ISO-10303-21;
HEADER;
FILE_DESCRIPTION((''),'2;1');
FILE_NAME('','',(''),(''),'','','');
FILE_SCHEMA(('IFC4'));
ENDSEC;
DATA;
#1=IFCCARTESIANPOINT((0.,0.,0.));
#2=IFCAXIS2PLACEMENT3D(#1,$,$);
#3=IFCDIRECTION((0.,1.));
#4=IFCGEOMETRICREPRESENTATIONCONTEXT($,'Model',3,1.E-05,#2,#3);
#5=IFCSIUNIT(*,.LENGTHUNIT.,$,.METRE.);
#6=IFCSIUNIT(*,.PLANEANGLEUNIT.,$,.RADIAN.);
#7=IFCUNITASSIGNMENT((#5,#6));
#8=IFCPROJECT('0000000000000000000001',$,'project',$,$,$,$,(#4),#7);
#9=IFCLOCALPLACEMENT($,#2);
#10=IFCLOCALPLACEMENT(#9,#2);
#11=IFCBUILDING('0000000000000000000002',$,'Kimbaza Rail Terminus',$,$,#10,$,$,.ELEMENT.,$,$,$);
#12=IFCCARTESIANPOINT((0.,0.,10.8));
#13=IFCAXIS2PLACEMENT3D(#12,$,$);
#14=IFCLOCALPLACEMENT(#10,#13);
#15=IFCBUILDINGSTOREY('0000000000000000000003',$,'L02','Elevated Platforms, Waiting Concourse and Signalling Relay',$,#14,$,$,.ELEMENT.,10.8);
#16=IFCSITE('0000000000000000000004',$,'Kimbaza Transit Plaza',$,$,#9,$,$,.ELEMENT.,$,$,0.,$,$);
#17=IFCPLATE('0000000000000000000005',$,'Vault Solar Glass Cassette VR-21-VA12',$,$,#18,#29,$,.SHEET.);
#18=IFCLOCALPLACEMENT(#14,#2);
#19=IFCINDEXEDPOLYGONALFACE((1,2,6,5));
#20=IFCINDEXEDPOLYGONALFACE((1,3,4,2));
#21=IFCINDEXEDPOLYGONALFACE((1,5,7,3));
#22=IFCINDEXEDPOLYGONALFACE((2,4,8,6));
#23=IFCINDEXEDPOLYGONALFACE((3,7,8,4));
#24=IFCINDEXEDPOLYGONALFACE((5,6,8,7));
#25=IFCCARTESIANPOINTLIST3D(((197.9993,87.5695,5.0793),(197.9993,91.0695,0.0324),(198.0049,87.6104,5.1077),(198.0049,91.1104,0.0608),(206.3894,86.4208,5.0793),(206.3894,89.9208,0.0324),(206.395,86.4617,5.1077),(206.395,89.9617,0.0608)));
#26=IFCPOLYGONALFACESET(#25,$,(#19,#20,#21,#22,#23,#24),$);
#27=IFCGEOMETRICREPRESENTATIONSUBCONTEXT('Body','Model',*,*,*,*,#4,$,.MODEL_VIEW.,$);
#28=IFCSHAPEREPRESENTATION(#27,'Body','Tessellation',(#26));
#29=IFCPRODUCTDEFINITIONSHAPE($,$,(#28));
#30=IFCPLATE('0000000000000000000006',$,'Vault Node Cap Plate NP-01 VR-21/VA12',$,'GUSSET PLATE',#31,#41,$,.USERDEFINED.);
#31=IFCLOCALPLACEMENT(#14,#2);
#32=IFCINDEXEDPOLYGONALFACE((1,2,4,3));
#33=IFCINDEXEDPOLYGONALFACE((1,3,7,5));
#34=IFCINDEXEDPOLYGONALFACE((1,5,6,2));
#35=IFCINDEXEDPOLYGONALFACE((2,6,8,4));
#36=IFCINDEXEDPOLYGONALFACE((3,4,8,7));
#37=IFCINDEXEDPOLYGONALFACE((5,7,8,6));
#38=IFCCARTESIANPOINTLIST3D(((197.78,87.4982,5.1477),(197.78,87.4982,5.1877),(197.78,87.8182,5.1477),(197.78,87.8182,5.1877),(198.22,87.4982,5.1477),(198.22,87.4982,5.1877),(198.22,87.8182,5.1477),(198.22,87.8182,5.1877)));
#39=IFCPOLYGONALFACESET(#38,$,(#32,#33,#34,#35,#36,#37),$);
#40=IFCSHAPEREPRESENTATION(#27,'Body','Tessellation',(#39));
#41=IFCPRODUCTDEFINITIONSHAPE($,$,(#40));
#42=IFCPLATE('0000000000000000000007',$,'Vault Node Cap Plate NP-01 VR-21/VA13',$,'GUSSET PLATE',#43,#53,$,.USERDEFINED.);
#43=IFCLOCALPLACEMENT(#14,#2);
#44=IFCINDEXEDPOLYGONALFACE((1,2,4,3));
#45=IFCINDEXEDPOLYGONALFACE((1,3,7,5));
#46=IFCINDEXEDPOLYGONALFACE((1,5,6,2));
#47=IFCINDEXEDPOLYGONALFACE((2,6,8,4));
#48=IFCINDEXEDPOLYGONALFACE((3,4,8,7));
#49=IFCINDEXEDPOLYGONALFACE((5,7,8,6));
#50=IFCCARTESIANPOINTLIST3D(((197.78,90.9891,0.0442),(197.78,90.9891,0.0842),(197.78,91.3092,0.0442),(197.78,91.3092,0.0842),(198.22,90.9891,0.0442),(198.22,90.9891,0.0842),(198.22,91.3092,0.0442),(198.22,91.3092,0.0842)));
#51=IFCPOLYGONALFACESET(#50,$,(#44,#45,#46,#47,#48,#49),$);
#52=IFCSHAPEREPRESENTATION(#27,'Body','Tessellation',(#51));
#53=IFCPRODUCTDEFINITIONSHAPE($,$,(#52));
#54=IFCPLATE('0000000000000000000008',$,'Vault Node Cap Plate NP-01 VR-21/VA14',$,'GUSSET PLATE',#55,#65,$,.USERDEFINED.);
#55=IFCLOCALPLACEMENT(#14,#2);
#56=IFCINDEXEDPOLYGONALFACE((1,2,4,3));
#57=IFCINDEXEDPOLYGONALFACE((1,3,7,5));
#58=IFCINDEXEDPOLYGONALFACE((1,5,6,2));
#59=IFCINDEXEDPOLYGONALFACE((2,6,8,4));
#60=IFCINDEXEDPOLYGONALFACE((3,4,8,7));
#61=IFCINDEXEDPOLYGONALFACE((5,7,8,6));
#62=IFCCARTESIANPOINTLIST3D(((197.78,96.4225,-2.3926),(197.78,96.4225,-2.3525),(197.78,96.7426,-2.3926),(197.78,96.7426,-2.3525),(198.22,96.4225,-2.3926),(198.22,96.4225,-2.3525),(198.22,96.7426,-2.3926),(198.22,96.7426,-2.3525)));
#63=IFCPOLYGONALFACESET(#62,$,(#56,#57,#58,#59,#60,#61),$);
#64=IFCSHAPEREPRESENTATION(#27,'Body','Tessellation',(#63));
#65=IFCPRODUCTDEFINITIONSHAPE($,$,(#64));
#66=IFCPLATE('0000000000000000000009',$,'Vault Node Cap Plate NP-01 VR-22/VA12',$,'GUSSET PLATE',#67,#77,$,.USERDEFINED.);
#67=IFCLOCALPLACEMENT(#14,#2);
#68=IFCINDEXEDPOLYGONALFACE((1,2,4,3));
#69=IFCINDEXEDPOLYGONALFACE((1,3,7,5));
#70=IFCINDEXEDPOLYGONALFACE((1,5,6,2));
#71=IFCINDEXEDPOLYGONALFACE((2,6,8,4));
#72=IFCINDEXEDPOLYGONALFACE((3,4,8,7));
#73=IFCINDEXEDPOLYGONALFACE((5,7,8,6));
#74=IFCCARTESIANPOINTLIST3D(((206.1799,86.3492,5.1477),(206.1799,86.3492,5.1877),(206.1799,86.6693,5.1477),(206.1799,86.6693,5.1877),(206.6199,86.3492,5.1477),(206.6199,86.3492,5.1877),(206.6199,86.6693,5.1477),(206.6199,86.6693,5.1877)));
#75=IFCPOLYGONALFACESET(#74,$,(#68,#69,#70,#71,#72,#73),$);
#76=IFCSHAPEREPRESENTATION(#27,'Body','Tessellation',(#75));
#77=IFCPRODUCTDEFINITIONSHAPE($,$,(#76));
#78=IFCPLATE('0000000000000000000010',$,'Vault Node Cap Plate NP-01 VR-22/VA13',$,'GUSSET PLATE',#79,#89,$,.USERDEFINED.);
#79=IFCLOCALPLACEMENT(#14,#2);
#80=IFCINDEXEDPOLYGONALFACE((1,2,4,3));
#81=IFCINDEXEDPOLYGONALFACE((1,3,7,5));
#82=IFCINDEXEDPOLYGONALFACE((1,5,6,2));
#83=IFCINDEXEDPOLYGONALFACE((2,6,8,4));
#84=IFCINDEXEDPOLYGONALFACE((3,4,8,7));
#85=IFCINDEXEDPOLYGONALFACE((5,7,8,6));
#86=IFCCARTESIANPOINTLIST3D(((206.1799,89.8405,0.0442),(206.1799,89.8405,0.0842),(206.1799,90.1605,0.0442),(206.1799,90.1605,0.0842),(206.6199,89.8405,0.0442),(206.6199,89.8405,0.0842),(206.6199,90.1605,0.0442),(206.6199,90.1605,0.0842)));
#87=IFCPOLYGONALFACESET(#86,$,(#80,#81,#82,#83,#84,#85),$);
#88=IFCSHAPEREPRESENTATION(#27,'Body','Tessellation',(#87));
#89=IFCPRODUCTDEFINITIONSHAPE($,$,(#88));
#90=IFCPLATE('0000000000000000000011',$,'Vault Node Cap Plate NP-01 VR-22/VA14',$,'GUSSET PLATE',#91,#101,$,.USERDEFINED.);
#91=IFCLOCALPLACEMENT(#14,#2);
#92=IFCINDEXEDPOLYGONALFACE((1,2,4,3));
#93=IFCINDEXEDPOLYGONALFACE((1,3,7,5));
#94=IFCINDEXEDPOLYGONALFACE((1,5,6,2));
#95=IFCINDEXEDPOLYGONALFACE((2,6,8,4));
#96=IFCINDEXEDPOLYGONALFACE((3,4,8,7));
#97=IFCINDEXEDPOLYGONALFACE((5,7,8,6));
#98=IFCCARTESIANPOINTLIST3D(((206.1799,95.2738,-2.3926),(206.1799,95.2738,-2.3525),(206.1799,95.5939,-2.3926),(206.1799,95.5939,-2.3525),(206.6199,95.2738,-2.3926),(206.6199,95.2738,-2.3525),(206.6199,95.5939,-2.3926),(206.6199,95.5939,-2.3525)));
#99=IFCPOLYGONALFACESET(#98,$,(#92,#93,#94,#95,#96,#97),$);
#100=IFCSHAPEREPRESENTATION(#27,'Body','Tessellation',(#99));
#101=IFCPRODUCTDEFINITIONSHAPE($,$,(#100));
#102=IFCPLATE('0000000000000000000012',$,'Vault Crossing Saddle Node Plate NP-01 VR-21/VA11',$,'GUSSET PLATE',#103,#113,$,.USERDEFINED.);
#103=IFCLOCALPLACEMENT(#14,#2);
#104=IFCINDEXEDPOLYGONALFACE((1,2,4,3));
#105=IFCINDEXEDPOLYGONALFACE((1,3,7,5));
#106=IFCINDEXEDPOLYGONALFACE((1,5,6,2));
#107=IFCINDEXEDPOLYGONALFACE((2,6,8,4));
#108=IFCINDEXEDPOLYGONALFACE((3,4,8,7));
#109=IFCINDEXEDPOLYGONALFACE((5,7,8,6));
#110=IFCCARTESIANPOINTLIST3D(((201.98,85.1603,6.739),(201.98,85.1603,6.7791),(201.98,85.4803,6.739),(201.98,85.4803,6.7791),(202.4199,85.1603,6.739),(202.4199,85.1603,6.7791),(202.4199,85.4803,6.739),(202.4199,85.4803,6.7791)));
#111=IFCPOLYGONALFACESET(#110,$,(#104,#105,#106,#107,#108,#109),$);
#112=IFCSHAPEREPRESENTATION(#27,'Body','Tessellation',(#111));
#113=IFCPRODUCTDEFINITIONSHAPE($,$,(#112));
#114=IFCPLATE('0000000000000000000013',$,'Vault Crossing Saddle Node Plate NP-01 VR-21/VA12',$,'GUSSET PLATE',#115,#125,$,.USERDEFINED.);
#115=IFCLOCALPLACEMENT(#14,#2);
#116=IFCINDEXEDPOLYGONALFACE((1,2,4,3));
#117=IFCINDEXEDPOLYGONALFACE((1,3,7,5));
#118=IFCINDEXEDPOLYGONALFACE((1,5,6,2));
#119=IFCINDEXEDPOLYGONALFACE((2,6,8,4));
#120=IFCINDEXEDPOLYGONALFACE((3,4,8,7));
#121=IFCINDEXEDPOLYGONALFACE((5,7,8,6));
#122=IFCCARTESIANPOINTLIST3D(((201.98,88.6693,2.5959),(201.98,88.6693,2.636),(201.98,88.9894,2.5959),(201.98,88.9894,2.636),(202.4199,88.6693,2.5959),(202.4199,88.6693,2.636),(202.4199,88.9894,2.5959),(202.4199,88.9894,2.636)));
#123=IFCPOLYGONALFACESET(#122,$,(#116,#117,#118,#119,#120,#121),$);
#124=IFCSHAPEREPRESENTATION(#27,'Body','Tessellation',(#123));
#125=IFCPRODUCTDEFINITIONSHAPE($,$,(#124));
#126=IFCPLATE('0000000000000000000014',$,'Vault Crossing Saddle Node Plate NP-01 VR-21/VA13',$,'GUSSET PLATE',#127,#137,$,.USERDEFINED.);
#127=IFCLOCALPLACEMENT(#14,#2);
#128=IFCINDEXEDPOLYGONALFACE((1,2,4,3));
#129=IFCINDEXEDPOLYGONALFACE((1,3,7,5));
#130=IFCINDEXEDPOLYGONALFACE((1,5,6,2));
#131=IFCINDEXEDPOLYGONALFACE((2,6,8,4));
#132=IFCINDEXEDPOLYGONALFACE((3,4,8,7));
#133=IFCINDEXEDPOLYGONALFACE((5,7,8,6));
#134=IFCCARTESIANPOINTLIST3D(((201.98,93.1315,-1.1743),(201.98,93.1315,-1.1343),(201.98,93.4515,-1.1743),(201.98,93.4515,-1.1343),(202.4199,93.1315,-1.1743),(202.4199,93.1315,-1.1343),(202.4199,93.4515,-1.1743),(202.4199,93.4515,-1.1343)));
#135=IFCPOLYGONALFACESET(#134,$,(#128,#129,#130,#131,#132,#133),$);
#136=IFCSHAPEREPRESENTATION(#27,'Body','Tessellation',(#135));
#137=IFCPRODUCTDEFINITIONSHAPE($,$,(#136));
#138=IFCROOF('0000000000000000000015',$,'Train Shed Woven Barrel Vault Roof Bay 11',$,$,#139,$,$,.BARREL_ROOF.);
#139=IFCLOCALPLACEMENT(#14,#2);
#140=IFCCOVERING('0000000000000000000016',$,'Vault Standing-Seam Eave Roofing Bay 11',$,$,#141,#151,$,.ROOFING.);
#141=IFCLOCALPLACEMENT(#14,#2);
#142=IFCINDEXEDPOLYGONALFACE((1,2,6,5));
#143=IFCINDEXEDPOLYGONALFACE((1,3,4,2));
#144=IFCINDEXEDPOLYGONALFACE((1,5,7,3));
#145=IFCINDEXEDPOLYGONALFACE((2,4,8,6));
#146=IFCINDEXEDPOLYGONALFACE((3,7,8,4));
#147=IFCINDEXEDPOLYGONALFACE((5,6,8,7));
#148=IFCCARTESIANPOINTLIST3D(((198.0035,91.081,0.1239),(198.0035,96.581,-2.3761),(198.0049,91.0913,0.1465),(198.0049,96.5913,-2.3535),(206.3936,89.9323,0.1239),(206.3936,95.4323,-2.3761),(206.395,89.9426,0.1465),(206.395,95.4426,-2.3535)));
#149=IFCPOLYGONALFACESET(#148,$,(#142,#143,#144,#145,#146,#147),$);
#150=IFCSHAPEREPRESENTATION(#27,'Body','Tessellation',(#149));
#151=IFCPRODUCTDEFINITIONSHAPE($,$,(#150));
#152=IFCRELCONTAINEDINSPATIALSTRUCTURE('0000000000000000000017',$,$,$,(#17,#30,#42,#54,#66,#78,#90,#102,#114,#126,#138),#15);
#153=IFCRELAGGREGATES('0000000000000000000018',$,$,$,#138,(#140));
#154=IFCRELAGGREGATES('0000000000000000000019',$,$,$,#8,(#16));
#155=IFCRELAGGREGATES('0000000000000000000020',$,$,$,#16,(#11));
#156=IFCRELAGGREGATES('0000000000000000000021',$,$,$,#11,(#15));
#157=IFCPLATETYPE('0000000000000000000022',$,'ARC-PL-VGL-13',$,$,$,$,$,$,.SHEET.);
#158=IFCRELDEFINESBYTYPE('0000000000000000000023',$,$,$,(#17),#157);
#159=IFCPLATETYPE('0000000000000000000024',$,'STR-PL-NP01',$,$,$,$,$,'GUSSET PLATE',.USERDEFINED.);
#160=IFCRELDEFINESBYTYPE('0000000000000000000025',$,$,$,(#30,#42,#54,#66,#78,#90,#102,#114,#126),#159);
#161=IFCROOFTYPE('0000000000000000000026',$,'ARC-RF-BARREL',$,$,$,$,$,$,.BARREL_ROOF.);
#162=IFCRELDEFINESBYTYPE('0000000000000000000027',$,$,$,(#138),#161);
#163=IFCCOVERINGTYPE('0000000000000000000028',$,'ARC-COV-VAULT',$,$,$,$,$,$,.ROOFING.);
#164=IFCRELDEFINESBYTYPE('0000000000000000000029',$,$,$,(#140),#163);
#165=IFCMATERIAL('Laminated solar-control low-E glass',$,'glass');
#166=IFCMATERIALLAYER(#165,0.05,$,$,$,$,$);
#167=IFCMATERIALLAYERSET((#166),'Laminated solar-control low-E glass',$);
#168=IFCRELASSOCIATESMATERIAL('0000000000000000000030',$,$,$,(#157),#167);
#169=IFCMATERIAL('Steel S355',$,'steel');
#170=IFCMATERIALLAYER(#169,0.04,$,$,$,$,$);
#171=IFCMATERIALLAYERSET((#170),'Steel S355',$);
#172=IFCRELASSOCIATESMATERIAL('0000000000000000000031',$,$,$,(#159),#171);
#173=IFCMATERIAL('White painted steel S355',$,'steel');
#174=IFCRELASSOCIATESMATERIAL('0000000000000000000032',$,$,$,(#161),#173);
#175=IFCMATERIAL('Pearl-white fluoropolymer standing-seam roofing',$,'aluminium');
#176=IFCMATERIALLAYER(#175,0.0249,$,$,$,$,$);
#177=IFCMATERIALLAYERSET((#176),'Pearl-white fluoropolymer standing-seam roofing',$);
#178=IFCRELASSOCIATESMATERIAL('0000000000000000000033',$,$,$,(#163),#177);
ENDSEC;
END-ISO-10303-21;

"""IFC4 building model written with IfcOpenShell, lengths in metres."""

from ifc_helpers import new_model, si_unit, direction, frame, origin, origin_2d, place, context, subcontext, project, spatial, polyline, rectangle, outline, extrude, material, layer, layer_set, type_object, element, aggregate, save


model = new_model("IFC4")

# Units and contexts
model_context = context("Model", 3, precision=1e-05, world=origin(), true_north=direction((0.0, 1.0)))
body_context = subcontext(model_context, "Body", "Model", "MODEL_VIEW")
ifc_project = project(units=[si_unit("LENGTHUNIT", "METRE"), si_unit("PLANEANGLEUNIT", "RADIAN")], contexts=[model_context])

# Site, building, storey
site_placement = place(None, origin())
site = spatial("IfcSite", under=ifc_project, at=site_placement, Name="Kimbaza Transit Plaza", CompositionType="ELEMENT", RefElevation=0.0)
building_placement = place(site_placement, origin())
building = spatial("IfcBuilding", under=site, at=building_placement, Name="Kimbaza Rail Terminus", CompositionType="ELEMENT")
storey_placement = place(building_placement, frame((0.0, 0.0, 10.8)))
storey = spatial("IfcBuildingStorey", under=building, at=storey_placement, Name="L02", Description="Elevated Platforms, Waiting Concourse and Signalling Relay", CompositionType="ELEMENT", Elevation=10.8)

# Plates
ifc_material_1 = material(Name="Laminated solar-control low-E glass", Category="glass")
ifc_layer_1 = layer(ifc_material_1, 0.05)
ifc_layer_set_1 = layer_set([ifc_layer_1], Name="Laminated solar-control low-E glass")
plate_type_1 = type_object("IfcPlateType", Name="ARC-PL-VGL-13", PredefinedType="SHEET", material=ifc_layer_set_1)
plate_1_placement = place(storey_placement, frame((198.0049, 87.6104, 5.1077), z_axis=(0.111797, 0.816583, 0.566299), x_axis=(0.990758, -0.135643, 0.0)))
element("IfcPlate", 1, at=plate_1_placement, inside=storey, type_object=plate_type_1, Name="Vault Solar Glass Cassette VR-21-VA12", PredefinedType="SHEET", context=body_context, shape_type="SweptSolid", body=[
    extrude(outline(polyline([(0.0, 0.0), (8.4684, 0.0), (7.9937, 6.1234), (-0.4748, 6.1234), (0.0, 0.0)])), origin(), (0.0, 0.0, -1.0), 0.05),
])
ifc_material_2 = material(Name="Steel S355", Category="steel")
ifc_layer_2 = layer(ifc_material_2, 0.04)
ifc_layer_set_2 = layer_set([ifc_layer_2], Name="Steel S355")
plate_type_2 = type_object("IfcPlateType", Name="STR-PL-NP01", ElementType="GUSSET PLATE", PredefinedType="USERDEFINED", material=ifc_layer_set_2)
for number, where, z_axis, x_axis, name in (
    (2, (198.0, 87.6582, 5.1477), (0.0, 0.0, 1.0), (1.0, 0.0, 0.0), "Vault Node Cap Plate NP-01 VR-21/VA12"),
    (3, (198.0, 91.1492, 0.0442), (0.0, 0.0, 1.0), (1.0, 0.0, 0.0), "Vault Node Cap Plate NP-01 VR-21/VA13"),
    (4, (198.0, 96.5825, -2.3926), (0.0, 0.0, 1.0), (1.0, 0.0, 0.0), "Vault Node Cap Plate NP-01 VR-21/VA14"),
    (5, (206.3999, 86.5093, 5.1477), (0.0, 0.0, 1.0), (1.0, 0.0, 0.0), "Vault Node Cap Plate NP-01 VR-22/VA12"),
    (6, (206.3999, 90.0005, 0.0442), (0.0, 0.0, 1.0), (1.0, 0.0, 0.0), "Vault Node Cap Plate NP-01 VR-22/VA13"),
    (7, (206.3999, 95.4338, -2.3926), (0.0, 0.0, 1.0), (1.0, 0.0, 0.0), "Vault Node Cap Plate NP-01 VR-22/VA14"),
    (8, (202.2, 85.3203, 6.739), (0.0, 0.0, 1.0), (1.0, 0.0, 0.0), "Vault Crossing Saddle Node Plate NP-01 VR-21/VA11"),
    (9, (202.2, 88.8293, 2.5959), (0.0, 0.0, 1.0), (1.0, 0.0, 0.0), "Vault Crossing Saddle Node Plate NP-01 VR-21/VA12"),
    (10, (202.2, 93.2915, -1.1743), (0.0, 0.0, 1.0), (1.0, 0.0, 0.0), "Vault Crossing Saddle Node Plate NP-01 VR-21/VA13"),
):
    element("IfcPlate", number, at=place(storey_placement, frame(where, z_axis=z_axis, x_axis=x_axis)), inside=storey, type_object=plate_type_2, Name=name, ObjectType="GUSSET PLATE", PredefinedType="USERDEFINED", context=body_context, shape_type="SweptSolid", body=[
        extrude(rectangle(XDim=0.4399, YDim=0.3201, at=origin_2d()), origin(), (0.0, 0.0, 1.0), 0.04),
    ])

# Roof, covering
ifc_material_3 = material(Name="White painted steel S355", Category="steel")
roof_type = type_object("IfcRoofType", Name="ARC-RF-BARREL", PredefinedType="BARREL_ROOF", material=ifc_material_3)
roof_placement = place(storey_placement, origin())
roof = element("IfcRoof", 11, at=roof_placement, inside=storey, type_object=roof_type, Name="Train Shed Woven Barrel Vault Roof Bay 11", PredefinedType="BARREL_ROOF")
ifc_material_4 = material(Name="Pearl-white fluoropolymer standing-seam roofing", Category="aluminium")
ifc_layer_3 = layer(ifc_material_4, 0.0249)
ifc_layer_set_3 = layer_set([ifc_layer_3], Name="Pearl-white fluoropolymer standing-seam roofing")
covering_type = type_object("IfcCoveringType", Name="ARC-COV-VAULT", PredefinedType="ROOFING", material=ifc_layer_set_3)
covering_placement = place(storey_placement, frame((198.0049, 91.0913, 0.1465), z_axis=(0.056562, 0.41314, 0.908909), x_axis=(0.990758, -0.135643, 0.0)))
covering = element("IfcCovering", 12, at=covering_placement, type_object=covering_type, Name="Vault Standing-Seam Eave Roofing Bay 11", PredefinedType="ROOFING", context=body_context, shape_type="SweptSolid", body=[
    extrude(outline(polyline([(0.0, 0.0), (8.4684, 0.0), (7.7224, 5.9953), (-0.746, 5.9953), (0.0, 0.0)])), origin(), (0.0, 0.0, -1.0), 0.0249),
])
aggregate(roof, [covering])

save(model, "model.ifc")
